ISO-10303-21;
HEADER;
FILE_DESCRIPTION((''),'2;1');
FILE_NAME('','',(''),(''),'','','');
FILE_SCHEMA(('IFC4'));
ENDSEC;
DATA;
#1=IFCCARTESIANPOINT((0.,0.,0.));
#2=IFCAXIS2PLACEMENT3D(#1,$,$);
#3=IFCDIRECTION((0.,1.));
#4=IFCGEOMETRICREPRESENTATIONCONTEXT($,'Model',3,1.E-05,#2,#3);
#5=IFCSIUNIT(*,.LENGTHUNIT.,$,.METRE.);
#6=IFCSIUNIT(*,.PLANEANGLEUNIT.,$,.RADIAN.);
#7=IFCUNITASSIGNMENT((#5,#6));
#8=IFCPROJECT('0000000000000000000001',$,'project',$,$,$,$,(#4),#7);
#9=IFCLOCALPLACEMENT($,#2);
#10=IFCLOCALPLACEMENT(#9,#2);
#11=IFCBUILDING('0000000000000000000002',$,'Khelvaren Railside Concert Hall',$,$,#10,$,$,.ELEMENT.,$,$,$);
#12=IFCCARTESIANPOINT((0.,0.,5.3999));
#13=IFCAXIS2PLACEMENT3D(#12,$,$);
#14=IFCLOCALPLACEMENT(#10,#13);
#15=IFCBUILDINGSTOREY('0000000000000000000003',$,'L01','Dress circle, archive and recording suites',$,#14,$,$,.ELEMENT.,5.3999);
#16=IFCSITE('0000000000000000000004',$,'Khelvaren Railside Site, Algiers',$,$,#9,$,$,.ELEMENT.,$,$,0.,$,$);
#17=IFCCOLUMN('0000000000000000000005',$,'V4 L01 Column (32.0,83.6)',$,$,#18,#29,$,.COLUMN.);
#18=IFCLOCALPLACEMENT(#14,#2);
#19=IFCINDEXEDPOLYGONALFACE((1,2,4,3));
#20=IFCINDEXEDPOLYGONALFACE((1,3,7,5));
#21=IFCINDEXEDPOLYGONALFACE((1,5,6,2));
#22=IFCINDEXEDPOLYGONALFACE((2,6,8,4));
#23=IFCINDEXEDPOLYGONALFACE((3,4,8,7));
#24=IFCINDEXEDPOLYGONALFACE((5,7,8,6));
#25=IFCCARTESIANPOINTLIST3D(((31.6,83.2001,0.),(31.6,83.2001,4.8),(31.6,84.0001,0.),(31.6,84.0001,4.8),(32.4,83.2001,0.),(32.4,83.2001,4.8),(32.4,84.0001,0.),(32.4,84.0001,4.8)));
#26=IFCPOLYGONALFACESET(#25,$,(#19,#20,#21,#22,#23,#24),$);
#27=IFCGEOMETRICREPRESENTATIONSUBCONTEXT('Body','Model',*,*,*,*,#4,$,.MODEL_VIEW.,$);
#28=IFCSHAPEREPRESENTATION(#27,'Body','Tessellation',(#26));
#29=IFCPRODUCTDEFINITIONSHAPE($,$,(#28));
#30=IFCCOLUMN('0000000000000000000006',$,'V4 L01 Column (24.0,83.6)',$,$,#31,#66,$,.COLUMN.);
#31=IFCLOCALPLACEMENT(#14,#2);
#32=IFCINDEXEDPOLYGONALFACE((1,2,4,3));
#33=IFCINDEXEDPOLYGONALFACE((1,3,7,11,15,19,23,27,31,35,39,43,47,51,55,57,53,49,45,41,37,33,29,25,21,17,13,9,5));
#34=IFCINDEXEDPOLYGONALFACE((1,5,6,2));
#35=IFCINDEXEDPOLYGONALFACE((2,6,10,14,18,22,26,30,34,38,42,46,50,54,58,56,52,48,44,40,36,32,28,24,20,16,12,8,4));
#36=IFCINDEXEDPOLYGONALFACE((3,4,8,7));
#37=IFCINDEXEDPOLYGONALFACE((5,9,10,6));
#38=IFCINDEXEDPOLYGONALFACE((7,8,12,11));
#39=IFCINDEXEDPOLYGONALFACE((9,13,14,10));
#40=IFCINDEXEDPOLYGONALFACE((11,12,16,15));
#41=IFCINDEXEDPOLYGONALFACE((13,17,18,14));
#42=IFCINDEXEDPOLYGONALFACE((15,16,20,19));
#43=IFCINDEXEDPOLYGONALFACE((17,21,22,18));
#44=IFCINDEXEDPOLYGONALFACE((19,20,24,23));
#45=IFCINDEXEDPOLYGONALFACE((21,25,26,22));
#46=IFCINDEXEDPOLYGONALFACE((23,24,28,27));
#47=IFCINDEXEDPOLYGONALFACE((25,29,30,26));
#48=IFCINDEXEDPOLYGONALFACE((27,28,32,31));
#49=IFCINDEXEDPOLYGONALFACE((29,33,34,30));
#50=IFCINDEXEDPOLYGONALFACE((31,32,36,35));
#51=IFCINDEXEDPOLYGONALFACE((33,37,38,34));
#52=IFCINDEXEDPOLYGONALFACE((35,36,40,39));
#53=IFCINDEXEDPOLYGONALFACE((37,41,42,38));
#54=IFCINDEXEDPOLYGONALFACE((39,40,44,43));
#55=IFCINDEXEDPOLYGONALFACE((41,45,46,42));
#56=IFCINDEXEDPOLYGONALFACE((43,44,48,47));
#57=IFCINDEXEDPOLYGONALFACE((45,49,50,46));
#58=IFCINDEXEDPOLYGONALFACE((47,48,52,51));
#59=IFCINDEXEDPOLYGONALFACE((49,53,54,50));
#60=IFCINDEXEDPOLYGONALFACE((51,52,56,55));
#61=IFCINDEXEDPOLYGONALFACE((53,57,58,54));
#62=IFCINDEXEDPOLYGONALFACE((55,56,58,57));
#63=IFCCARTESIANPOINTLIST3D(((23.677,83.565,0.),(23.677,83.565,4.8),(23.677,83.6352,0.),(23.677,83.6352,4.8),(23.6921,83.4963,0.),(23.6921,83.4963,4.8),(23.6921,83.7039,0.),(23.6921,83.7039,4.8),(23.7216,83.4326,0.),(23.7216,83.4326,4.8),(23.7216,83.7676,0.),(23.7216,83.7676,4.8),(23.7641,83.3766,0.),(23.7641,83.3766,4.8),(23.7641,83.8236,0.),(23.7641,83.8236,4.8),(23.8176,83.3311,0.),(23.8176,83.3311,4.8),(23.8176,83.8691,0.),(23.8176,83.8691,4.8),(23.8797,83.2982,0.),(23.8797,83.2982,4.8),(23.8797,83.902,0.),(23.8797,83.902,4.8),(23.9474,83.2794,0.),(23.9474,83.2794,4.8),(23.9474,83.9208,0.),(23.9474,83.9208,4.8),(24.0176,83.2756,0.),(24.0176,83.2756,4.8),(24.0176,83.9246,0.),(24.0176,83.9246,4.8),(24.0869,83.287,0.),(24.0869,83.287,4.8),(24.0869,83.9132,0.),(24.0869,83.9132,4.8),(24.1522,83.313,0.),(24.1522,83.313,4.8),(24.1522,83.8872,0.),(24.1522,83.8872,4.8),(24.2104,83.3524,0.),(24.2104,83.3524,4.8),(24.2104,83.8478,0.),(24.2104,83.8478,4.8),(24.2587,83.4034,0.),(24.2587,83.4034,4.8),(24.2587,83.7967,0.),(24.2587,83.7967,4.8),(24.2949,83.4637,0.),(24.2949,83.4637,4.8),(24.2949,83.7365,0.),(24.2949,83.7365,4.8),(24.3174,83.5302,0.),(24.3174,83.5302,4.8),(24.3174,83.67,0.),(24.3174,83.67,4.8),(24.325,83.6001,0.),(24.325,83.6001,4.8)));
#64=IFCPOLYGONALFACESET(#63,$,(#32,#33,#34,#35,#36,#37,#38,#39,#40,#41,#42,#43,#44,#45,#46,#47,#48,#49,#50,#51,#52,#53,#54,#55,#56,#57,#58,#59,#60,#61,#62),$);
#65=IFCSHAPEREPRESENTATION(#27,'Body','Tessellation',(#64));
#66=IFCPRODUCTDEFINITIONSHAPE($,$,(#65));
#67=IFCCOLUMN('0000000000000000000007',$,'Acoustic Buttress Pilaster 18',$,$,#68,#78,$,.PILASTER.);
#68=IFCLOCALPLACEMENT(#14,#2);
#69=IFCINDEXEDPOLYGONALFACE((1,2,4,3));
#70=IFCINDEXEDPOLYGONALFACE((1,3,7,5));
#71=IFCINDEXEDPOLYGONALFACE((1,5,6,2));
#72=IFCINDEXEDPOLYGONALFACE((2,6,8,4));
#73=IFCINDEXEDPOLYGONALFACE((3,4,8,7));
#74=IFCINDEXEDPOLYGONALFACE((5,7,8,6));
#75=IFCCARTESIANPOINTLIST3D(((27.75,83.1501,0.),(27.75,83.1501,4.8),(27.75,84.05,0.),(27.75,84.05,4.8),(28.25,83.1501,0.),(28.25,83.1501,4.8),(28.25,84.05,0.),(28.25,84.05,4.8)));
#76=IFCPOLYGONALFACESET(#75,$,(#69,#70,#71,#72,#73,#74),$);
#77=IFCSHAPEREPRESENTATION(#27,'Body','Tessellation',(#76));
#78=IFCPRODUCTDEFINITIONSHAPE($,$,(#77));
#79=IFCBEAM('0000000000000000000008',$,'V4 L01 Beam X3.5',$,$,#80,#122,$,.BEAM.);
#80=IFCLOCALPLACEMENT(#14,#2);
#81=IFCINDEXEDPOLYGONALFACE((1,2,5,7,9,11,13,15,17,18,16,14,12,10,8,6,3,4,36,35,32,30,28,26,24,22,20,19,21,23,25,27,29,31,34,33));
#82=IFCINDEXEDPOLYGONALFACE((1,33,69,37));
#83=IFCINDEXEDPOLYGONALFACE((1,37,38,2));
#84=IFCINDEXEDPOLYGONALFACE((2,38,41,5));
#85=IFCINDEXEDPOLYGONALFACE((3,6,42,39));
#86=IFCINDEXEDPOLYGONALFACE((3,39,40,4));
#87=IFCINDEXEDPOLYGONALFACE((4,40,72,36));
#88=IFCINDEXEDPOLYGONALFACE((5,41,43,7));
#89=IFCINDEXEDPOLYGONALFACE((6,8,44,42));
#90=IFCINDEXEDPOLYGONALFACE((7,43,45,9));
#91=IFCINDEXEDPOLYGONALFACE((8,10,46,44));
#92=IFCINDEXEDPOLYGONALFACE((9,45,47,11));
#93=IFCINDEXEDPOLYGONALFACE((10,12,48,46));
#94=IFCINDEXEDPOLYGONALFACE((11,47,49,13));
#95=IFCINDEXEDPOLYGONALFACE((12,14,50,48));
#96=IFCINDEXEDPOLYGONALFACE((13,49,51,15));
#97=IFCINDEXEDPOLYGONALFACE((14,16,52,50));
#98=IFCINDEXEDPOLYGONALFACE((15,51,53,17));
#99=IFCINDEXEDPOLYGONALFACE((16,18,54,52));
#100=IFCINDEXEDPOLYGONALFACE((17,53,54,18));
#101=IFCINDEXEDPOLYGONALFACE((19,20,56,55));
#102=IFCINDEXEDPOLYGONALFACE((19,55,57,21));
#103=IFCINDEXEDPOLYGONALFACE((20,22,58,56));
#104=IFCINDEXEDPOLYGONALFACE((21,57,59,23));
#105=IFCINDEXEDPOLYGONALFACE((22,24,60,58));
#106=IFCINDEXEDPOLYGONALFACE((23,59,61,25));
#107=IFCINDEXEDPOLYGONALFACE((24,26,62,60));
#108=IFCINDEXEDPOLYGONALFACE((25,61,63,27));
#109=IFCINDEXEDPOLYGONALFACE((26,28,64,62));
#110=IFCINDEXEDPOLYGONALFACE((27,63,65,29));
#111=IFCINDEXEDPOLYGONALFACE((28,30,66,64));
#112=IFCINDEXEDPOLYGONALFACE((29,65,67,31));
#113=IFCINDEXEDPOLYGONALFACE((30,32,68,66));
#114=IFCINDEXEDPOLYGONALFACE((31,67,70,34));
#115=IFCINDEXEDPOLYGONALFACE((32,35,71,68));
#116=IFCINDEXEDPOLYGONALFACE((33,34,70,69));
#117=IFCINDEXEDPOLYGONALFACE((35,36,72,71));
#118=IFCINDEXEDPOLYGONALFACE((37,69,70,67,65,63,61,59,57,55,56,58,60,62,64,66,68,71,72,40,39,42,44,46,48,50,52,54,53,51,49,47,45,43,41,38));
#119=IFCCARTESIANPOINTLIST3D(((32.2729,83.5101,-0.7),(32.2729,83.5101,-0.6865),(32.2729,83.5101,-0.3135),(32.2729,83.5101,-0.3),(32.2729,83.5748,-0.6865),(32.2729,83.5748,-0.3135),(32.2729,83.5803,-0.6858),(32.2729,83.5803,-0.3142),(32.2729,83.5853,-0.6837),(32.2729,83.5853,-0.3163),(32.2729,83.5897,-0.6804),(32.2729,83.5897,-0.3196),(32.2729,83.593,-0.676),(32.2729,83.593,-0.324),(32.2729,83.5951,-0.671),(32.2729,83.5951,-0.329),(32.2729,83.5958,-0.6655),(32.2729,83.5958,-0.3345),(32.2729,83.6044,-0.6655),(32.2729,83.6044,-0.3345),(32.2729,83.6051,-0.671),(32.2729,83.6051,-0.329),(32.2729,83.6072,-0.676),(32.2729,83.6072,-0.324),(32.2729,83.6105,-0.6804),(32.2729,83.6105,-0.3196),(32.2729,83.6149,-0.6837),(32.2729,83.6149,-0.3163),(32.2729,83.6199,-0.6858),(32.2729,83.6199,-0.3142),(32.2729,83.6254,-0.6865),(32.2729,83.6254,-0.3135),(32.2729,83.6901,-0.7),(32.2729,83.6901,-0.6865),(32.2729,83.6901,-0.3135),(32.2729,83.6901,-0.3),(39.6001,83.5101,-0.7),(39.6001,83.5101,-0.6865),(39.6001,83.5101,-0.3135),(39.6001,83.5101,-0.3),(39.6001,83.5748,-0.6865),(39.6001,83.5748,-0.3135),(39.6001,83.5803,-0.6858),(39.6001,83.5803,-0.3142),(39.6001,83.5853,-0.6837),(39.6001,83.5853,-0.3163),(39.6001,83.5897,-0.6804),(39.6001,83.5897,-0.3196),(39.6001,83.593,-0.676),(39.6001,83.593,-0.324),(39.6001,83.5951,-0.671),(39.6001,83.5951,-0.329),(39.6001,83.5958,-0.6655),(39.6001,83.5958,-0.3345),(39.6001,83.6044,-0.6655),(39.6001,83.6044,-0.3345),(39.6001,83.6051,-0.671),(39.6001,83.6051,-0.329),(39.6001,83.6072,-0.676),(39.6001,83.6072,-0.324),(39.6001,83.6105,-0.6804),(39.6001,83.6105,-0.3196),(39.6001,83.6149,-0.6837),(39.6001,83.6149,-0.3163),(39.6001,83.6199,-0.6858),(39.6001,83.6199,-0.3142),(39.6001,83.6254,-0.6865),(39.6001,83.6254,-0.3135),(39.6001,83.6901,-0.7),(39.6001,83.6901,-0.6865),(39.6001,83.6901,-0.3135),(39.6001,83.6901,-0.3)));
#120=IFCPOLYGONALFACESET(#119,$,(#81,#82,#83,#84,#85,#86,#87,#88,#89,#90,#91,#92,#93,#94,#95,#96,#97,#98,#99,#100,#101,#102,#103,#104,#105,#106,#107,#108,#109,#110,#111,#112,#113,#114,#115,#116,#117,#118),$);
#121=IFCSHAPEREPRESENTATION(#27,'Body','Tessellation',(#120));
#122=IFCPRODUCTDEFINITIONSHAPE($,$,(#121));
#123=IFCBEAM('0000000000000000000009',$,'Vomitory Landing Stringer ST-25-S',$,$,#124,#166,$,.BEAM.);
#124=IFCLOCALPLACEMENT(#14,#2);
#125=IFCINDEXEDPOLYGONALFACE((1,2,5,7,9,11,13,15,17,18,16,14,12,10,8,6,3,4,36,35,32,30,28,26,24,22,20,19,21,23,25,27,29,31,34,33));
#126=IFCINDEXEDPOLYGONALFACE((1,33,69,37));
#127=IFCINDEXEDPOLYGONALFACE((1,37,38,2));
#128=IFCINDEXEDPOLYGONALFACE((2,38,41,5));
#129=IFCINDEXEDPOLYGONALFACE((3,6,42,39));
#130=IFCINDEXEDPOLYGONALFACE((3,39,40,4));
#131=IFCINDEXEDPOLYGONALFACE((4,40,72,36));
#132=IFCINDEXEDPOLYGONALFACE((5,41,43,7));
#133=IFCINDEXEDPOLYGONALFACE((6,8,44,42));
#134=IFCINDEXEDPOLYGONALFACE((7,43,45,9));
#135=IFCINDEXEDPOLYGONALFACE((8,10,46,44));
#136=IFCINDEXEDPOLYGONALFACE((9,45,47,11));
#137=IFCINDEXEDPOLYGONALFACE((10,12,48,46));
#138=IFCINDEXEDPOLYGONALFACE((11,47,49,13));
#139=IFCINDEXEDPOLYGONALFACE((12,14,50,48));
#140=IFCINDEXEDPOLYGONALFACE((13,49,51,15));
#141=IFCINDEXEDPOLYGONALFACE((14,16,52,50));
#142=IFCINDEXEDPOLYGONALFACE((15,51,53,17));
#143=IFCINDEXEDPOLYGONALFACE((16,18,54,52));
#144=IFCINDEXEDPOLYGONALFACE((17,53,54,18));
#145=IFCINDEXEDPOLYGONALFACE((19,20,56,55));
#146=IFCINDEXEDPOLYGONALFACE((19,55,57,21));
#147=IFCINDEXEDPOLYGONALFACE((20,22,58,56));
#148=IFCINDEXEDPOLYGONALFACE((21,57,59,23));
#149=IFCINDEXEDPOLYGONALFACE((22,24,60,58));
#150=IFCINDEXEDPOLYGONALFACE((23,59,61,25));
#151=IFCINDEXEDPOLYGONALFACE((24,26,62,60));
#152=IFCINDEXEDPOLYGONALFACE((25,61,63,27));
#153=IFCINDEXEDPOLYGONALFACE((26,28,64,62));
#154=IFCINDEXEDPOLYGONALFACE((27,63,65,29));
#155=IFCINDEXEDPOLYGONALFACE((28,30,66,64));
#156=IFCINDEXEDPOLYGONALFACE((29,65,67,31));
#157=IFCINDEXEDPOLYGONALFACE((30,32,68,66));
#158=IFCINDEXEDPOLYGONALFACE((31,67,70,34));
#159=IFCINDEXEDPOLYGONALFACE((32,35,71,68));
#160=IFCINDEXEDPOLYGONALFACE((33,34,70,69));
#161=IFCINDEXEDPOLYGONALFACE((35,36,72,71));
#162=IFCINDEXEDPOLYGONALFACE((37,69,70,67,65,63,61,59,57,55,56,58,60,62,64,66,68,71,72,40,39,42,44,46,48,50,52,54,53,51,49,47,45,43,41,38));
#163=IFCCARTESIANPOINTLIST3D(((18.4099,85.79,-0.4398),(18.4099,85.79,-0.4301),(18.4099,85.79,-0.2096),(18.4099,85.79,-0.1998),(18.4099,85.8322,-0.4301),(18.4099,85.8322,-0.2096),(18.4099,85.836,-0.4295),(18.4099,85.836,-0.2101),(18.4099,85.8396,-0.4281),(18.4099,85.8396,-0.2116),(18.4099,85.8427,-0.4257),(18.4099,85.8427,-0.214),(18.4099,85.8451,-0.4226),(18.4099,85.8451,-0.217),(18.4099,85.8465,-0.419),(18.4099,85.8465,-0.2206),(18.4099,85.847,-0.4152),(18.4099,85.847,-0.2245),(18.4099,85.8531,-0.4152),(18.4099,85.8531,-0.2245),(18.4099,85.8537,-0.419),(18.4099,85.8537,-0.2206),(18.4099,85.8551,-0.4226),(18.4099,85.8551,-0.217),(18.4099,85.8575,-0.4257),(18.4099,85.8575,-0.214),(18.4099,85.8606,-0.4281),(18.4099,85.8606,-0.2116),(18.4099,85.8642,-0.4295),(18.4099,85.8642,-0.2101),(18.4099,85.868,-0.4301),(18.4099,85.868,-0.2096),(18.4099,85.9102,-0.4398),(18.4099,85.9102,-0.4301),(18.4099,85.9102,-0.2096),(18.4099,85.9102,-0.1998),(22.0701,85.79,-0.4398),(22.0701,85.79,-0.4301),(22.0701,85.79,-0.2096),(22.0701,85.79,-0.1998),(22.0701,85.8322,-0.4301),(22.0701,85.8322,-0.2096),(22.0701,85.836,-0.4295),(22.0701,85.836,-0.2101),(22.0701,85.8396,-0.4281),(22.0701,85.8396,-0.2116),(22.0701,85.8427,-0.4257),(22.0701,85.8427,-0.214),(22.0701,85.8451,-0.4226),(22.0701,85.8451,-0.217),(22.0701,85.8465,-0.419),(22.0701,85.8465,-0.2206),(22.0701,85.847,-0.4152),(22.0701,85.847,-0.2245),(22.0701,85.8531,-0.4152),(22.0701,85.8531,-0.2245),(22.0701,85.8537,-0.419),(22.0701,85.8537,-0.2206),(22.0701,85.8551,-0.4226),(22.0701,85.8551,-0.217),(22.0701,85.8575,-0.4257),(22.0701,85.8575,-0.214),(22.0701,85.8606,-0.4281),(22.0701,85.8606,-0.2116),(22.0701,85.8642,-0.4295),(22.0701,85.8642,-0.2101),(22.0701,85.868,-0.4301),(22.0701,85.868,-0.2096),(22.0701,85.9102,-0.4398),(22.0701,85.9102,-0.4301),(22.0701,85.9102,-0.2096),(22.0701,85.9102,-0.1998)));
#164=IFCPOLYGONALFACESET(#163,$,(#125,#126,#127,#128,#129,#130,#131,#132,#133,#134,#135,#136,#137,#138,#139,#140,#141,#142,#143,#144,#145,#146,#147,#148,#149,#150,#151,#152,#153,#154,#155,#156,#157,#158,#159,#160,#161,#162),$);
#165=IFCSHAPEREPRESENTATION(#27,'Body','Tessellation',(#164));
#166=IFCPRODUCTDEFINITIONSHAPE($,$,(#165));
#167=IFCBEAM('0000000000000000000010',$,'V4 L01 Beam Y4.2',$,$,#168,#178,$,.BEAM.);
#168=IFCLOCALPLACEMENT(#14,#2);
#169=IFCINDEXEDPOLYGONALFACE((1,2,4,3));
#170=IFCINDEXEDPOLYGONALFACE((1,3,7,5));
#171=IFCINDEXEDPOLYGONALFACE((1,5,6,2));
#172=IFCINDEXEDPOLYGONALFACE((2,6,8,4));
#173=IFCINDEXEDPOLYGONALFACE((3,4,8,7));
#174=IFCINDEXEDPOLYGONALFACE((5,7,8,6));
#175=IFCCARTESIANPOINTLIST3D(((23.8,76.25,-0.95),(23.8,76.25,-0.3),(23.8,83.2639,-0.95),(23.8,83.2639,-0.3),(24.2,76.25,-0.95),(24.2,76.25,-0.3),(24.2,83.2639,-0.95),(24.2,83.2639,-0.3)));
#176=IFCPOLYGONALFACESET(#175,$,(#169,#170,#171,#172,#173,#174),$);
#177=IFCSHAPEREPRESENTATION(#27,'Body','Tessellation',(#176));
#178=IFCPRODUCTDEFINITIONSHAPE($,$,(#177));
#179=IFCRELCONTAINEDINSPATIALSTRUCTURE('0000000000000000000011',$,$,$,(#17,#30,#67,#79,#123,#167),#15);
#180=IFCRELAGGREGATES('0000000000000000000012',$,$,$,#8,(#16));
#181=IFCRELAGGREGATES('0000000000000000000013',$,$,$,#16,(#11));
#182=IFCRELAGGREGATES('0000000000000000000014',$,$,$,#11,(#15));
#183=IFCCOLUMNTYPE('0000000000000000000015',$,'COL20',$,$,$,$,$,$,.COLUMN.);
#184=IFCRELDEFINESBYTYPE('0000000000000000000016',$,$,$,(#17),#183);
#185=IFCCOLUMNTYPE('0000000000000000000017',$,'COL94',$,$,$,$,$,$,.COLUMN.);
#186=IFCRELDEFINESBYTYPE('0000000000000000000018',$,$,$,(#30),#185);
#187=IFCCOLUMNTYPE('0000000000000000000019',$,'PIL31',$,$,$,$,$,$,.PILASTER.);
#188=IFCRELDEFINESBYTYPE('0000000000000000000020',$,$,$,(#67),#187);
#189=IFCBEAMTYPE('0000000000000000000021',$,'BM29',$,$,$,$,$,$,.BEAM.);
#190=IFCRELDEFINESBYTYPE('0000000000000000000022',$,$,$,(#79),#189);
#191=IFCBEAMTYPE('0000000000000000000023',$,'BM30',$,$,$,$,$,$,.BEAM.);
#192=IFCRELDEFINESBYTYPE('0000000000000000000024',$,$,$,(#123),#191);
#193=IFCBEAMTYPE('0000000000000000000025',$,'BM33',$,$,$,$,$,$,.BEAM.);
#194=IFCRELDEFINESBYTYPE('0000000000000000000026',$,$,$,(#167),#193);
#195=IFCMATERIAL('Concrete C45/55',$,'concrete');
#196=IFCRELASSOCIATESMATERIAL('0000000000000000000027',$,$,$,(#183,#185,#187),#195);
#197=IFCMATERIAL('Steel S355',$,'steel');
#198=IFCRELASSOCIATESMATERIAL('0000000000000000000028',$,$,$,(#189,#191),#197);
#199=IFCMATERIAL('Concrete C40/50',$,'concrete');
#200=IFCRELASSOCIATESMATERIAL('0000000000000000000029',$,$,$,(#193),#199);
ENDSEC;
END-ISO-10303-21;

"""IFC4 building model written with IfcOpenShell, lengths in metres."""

from ifc_helpers import new_model, si_unit, direction, frame, origin, origin_2d, place, context, subcontext, project, spatial, rectangle, circle, i_section, extrude, material, material_profile, profile_set, type_object, element, save


model = new_model("IFC4")

# Units and contexts
model_context = context("Model", 3, precision=1e-05, world=origin(), true_north=direction((0.0, 1.0)))
body_context = subcontext(model_context, "Body", "Model", "MODEL_VIEW")
ifc_project = project(units=[si_unit("LENGTHUNIT", "METRE"), si_unit("PLANEANGLEUNIT", "RADIAN")], contexts=[model_context])

# Site, building, storey
site_placement = place(None, origin())
site = spatial("IfcSite", under=ifc_project, at=site_placement, Name="Khelvaren Railside Site, Algiers", CompositionType="ELEMENT", RefElevation=0.0)
building_placement = place(site_placement, origin())
building = spatial("IfcBuilding", under=site, at=building_placement, Name="Khelvaren Railside Concert Hall", CompositionType="ELEMENT")
storey_placement = place(building_placement, frame((0.0, 0.0, 5.3999)))
storey = spatial("IfcBuildingStorey", under=building, at=storey_placement, Name="L01", Description="Dress circle, archive and recording suites", CompositionType="ELEMENT", Elevation=5.3999)

# Columns
ifc_material_1 = material(Name="Concrete C45/55", Category="concrete")
ifc_material_profile_1 = material_profile(ifc_material_1, rectangle(XDim=0.8, YDim=0.8, at=origin_2d()), Name="RC 800x800")
ifc_profile_set_1 = profile_set([ifc_material_profile_1], Name="Concrete C45/55")
column_type_1 = type_object("IfcColumnType", Name="COL20", PredefinedType="COLUMN", material=ifc_profile_set_1)
column_1_placement = place(storey_placement, frame((32.0, 83.6001, 0.0), z_axis=(0.0, 0.0, 1.0), x_axis=(1.0, 0.0, 0.0)))
element("IfcColumn", 1, at=column_1_placement, inside=storey, type_object=column_type_1, Name="V4 L01 Column (32.0,83.6)", PredefinedType="COLUMN", context=body_context, shape_type="SweptSolid", body=[
    extrude(rectangle(XDim=0.8, YDim=0.8, at=origin_2d()), origin(), (0.0, 0.0, 1.0), 4.8),
])
ifc_material_profile_2 = material_profile(ifc_material_1, circle(Radius=0.325, at=origin_2d()), Name="RC D650")
ifc_profile_set_2 = profile_set([ifc_material_profile_2], Name="Concrete C45/55")
column_type_2 = type_object("IfcColumnType", Name="COL94", PredefinedType="COLUMN", material=ifc_profile_set_2)
column_2_placement = place(storey_placement, frame((24.0, 83.6001, 0.0), z_axis=(0.0, 0.0, 1.0), x_axis=(1.0, 0.0, 0.0)))
element("IfcColumn", 2, at=column_2_placement, inside=storey, type_object=column_type_2, Name="V4 L01 Column (24.0,83.6)", PredefinedType="COLUMN", context=body_context, shape_type="SweptSolid", body=[
    extrude(circle(Radius=0.325, at=origin_2d()), origin(), (0.0, 0.0, 1.0), 4.8),
])
ifc_material_profile_3 = material_profile(ifc_material_1, rectangle(XDim=0.5, YDim=0.8999, at=origin_2d()), Name="PIL 500x900")
ifc_profile_set_3 = profile_set([ifc_material_profile_3], Name="Concrete C45/55")
column_type_3 = type_object("IfcColumnType", Name="PIL31", PredefinedType="PILASTER", material=ifc_profile_set_3)
column_3_placement = place(storey_placement, frame((28.0, 83.6001, 0.0), z_axis=(0.0, 0.0, 1.0), x_axis=(1.0, 0.0, 0.0)))
element("IfcColumn", 3, at=column_3_placement, inside=storey, type_object=column_type_3, Name="Acoustic Buttress Pilaster 18", PredefinedType="PILASTER", context=body_context, shape_type="SweptSolid", body=[
    extrude(rectangle(XDim=0.5, YDim=0.8999, at=origin_2d()), origin(), (0.0, 0.0, 1.0), 4.8),
])

# Beams
ifc_material_2 = material(Name="Steel S355", Category="steel")
ifc_material_profile_4 = material_profile(ifc_material_2, i_section(OverallWidth=0.1799, OverallDepth=0.3999, WebThickness=0.0085, FlangeThickness=0.0134, FilletRadius=0.021, at=origin_2d()), Name="IPE 400")
ifc_profile_set_4 = profile_set([ifc_material_profile_4], Name="Steel S355")
beam_type_1 = type_object("IfcBeamType", Name="BM29", PredefinedType="BEAM", material=ifc_profile_set_4)
beam_1_placement = place(storey_placement, frame((32.2729, 83.6001, -0.5), z_axis=(1.0, 0.0, 0.0), x_axis=(0.0, 1.0, 0.0)))
element("IfcBeam", 4, at=beam_1_placement, inside=storey, type_object=beam_type_1, Name="V4 L01 Beam X3.5", PredefinedType="BEAM", context=body_context, shape_type="SweptSolid", body=[
    extrude(i_section(OverallWidth=0.1799, OverallDepth=0.3999, WebThickness=0.0085, FlangeThickness=0.0134, FilletRadius=0.021, at=origin_2d()), origin(), (0.0, 0.0, 1.0), 7.3271),
])
ifc_material_profile_5 = material_profile(ifc_material_2, i_section(OverallWidth=0.1201, OverallDepth=0.24, WebThickness=0.0061, FlangeThickness=0.0098, FilletRadius=0.0149, at=origin_2d()), Name="IPE 240")
ifc_profile_set_5 = profile_set([ifc_material_profile_5], Name="Steel S355")
beam_type_2 = type_object("IfcBeamType", Name="BM30", PredefinedType="BEAM", material=ifc_profile_set_5)
beam_2_placement = place(storey_placement, frame((18.4099, 85.8501, -0.3198), z_axis=(1.0, 0.0, 0.0), x_axis=(0.0, 1.0, 0.0)))
element("IfcBeam", 5, at=beam_2_placement, inside=storey, type_object=beam_type_2, Name="Vomitory Landing Stringer ST-25-S", PredefinedType="BEAM", context=body_context, shape_type="SweptSolid", body=[
    extrude(i_section(OverallWidth=0.1201, OverallDepth=0.24, WebThickness=0.0061, FlangeThickness=0.0098, FilletRadius=0.0149, at=origin_2d()), origin(), (0.0, 0.0, 1.0), 3.6602),
])
ifc_material_3 = material(Name="Concrete C40/50", Category="concrete")
ifc_material_profile_6 = material_profile(ifc_material_3, rectangle(XDim=0.3999, YDim=0.6499, at=origin_2d()), Name="RCB 400x650")
ifc_profile_set_6 = profile_set([ifc_material_profile_6], Name="Concrete C40/50")
beam_type_3 = type_object("IfcBeamType", Name="BM33", PredefinedType="BEAM", material=ifc_profile_set_6)
beam_3_placement = place(storey_placement, frame((24.0, 76.25, -0.625), z_axis=(0.0, 1.0, 0.0), x_axis=(-1.0, 0.0, 0.0)))
element("IfcBeam", 6, at=beam_3_placement, inside=storey, type_object=beam_type_3, Name="V4 L01 Beam Y4.2", PredefinedType="BEAM", context=body_context, shape_type="SweptSolid", body=[
    extrude(rectangle(XDim=0.3999, YDim=0.6499, at=origin_2d()), origin(), (0.0, 0.0, 1.0), 7.0139),
])

save(model, "model.ifc")
